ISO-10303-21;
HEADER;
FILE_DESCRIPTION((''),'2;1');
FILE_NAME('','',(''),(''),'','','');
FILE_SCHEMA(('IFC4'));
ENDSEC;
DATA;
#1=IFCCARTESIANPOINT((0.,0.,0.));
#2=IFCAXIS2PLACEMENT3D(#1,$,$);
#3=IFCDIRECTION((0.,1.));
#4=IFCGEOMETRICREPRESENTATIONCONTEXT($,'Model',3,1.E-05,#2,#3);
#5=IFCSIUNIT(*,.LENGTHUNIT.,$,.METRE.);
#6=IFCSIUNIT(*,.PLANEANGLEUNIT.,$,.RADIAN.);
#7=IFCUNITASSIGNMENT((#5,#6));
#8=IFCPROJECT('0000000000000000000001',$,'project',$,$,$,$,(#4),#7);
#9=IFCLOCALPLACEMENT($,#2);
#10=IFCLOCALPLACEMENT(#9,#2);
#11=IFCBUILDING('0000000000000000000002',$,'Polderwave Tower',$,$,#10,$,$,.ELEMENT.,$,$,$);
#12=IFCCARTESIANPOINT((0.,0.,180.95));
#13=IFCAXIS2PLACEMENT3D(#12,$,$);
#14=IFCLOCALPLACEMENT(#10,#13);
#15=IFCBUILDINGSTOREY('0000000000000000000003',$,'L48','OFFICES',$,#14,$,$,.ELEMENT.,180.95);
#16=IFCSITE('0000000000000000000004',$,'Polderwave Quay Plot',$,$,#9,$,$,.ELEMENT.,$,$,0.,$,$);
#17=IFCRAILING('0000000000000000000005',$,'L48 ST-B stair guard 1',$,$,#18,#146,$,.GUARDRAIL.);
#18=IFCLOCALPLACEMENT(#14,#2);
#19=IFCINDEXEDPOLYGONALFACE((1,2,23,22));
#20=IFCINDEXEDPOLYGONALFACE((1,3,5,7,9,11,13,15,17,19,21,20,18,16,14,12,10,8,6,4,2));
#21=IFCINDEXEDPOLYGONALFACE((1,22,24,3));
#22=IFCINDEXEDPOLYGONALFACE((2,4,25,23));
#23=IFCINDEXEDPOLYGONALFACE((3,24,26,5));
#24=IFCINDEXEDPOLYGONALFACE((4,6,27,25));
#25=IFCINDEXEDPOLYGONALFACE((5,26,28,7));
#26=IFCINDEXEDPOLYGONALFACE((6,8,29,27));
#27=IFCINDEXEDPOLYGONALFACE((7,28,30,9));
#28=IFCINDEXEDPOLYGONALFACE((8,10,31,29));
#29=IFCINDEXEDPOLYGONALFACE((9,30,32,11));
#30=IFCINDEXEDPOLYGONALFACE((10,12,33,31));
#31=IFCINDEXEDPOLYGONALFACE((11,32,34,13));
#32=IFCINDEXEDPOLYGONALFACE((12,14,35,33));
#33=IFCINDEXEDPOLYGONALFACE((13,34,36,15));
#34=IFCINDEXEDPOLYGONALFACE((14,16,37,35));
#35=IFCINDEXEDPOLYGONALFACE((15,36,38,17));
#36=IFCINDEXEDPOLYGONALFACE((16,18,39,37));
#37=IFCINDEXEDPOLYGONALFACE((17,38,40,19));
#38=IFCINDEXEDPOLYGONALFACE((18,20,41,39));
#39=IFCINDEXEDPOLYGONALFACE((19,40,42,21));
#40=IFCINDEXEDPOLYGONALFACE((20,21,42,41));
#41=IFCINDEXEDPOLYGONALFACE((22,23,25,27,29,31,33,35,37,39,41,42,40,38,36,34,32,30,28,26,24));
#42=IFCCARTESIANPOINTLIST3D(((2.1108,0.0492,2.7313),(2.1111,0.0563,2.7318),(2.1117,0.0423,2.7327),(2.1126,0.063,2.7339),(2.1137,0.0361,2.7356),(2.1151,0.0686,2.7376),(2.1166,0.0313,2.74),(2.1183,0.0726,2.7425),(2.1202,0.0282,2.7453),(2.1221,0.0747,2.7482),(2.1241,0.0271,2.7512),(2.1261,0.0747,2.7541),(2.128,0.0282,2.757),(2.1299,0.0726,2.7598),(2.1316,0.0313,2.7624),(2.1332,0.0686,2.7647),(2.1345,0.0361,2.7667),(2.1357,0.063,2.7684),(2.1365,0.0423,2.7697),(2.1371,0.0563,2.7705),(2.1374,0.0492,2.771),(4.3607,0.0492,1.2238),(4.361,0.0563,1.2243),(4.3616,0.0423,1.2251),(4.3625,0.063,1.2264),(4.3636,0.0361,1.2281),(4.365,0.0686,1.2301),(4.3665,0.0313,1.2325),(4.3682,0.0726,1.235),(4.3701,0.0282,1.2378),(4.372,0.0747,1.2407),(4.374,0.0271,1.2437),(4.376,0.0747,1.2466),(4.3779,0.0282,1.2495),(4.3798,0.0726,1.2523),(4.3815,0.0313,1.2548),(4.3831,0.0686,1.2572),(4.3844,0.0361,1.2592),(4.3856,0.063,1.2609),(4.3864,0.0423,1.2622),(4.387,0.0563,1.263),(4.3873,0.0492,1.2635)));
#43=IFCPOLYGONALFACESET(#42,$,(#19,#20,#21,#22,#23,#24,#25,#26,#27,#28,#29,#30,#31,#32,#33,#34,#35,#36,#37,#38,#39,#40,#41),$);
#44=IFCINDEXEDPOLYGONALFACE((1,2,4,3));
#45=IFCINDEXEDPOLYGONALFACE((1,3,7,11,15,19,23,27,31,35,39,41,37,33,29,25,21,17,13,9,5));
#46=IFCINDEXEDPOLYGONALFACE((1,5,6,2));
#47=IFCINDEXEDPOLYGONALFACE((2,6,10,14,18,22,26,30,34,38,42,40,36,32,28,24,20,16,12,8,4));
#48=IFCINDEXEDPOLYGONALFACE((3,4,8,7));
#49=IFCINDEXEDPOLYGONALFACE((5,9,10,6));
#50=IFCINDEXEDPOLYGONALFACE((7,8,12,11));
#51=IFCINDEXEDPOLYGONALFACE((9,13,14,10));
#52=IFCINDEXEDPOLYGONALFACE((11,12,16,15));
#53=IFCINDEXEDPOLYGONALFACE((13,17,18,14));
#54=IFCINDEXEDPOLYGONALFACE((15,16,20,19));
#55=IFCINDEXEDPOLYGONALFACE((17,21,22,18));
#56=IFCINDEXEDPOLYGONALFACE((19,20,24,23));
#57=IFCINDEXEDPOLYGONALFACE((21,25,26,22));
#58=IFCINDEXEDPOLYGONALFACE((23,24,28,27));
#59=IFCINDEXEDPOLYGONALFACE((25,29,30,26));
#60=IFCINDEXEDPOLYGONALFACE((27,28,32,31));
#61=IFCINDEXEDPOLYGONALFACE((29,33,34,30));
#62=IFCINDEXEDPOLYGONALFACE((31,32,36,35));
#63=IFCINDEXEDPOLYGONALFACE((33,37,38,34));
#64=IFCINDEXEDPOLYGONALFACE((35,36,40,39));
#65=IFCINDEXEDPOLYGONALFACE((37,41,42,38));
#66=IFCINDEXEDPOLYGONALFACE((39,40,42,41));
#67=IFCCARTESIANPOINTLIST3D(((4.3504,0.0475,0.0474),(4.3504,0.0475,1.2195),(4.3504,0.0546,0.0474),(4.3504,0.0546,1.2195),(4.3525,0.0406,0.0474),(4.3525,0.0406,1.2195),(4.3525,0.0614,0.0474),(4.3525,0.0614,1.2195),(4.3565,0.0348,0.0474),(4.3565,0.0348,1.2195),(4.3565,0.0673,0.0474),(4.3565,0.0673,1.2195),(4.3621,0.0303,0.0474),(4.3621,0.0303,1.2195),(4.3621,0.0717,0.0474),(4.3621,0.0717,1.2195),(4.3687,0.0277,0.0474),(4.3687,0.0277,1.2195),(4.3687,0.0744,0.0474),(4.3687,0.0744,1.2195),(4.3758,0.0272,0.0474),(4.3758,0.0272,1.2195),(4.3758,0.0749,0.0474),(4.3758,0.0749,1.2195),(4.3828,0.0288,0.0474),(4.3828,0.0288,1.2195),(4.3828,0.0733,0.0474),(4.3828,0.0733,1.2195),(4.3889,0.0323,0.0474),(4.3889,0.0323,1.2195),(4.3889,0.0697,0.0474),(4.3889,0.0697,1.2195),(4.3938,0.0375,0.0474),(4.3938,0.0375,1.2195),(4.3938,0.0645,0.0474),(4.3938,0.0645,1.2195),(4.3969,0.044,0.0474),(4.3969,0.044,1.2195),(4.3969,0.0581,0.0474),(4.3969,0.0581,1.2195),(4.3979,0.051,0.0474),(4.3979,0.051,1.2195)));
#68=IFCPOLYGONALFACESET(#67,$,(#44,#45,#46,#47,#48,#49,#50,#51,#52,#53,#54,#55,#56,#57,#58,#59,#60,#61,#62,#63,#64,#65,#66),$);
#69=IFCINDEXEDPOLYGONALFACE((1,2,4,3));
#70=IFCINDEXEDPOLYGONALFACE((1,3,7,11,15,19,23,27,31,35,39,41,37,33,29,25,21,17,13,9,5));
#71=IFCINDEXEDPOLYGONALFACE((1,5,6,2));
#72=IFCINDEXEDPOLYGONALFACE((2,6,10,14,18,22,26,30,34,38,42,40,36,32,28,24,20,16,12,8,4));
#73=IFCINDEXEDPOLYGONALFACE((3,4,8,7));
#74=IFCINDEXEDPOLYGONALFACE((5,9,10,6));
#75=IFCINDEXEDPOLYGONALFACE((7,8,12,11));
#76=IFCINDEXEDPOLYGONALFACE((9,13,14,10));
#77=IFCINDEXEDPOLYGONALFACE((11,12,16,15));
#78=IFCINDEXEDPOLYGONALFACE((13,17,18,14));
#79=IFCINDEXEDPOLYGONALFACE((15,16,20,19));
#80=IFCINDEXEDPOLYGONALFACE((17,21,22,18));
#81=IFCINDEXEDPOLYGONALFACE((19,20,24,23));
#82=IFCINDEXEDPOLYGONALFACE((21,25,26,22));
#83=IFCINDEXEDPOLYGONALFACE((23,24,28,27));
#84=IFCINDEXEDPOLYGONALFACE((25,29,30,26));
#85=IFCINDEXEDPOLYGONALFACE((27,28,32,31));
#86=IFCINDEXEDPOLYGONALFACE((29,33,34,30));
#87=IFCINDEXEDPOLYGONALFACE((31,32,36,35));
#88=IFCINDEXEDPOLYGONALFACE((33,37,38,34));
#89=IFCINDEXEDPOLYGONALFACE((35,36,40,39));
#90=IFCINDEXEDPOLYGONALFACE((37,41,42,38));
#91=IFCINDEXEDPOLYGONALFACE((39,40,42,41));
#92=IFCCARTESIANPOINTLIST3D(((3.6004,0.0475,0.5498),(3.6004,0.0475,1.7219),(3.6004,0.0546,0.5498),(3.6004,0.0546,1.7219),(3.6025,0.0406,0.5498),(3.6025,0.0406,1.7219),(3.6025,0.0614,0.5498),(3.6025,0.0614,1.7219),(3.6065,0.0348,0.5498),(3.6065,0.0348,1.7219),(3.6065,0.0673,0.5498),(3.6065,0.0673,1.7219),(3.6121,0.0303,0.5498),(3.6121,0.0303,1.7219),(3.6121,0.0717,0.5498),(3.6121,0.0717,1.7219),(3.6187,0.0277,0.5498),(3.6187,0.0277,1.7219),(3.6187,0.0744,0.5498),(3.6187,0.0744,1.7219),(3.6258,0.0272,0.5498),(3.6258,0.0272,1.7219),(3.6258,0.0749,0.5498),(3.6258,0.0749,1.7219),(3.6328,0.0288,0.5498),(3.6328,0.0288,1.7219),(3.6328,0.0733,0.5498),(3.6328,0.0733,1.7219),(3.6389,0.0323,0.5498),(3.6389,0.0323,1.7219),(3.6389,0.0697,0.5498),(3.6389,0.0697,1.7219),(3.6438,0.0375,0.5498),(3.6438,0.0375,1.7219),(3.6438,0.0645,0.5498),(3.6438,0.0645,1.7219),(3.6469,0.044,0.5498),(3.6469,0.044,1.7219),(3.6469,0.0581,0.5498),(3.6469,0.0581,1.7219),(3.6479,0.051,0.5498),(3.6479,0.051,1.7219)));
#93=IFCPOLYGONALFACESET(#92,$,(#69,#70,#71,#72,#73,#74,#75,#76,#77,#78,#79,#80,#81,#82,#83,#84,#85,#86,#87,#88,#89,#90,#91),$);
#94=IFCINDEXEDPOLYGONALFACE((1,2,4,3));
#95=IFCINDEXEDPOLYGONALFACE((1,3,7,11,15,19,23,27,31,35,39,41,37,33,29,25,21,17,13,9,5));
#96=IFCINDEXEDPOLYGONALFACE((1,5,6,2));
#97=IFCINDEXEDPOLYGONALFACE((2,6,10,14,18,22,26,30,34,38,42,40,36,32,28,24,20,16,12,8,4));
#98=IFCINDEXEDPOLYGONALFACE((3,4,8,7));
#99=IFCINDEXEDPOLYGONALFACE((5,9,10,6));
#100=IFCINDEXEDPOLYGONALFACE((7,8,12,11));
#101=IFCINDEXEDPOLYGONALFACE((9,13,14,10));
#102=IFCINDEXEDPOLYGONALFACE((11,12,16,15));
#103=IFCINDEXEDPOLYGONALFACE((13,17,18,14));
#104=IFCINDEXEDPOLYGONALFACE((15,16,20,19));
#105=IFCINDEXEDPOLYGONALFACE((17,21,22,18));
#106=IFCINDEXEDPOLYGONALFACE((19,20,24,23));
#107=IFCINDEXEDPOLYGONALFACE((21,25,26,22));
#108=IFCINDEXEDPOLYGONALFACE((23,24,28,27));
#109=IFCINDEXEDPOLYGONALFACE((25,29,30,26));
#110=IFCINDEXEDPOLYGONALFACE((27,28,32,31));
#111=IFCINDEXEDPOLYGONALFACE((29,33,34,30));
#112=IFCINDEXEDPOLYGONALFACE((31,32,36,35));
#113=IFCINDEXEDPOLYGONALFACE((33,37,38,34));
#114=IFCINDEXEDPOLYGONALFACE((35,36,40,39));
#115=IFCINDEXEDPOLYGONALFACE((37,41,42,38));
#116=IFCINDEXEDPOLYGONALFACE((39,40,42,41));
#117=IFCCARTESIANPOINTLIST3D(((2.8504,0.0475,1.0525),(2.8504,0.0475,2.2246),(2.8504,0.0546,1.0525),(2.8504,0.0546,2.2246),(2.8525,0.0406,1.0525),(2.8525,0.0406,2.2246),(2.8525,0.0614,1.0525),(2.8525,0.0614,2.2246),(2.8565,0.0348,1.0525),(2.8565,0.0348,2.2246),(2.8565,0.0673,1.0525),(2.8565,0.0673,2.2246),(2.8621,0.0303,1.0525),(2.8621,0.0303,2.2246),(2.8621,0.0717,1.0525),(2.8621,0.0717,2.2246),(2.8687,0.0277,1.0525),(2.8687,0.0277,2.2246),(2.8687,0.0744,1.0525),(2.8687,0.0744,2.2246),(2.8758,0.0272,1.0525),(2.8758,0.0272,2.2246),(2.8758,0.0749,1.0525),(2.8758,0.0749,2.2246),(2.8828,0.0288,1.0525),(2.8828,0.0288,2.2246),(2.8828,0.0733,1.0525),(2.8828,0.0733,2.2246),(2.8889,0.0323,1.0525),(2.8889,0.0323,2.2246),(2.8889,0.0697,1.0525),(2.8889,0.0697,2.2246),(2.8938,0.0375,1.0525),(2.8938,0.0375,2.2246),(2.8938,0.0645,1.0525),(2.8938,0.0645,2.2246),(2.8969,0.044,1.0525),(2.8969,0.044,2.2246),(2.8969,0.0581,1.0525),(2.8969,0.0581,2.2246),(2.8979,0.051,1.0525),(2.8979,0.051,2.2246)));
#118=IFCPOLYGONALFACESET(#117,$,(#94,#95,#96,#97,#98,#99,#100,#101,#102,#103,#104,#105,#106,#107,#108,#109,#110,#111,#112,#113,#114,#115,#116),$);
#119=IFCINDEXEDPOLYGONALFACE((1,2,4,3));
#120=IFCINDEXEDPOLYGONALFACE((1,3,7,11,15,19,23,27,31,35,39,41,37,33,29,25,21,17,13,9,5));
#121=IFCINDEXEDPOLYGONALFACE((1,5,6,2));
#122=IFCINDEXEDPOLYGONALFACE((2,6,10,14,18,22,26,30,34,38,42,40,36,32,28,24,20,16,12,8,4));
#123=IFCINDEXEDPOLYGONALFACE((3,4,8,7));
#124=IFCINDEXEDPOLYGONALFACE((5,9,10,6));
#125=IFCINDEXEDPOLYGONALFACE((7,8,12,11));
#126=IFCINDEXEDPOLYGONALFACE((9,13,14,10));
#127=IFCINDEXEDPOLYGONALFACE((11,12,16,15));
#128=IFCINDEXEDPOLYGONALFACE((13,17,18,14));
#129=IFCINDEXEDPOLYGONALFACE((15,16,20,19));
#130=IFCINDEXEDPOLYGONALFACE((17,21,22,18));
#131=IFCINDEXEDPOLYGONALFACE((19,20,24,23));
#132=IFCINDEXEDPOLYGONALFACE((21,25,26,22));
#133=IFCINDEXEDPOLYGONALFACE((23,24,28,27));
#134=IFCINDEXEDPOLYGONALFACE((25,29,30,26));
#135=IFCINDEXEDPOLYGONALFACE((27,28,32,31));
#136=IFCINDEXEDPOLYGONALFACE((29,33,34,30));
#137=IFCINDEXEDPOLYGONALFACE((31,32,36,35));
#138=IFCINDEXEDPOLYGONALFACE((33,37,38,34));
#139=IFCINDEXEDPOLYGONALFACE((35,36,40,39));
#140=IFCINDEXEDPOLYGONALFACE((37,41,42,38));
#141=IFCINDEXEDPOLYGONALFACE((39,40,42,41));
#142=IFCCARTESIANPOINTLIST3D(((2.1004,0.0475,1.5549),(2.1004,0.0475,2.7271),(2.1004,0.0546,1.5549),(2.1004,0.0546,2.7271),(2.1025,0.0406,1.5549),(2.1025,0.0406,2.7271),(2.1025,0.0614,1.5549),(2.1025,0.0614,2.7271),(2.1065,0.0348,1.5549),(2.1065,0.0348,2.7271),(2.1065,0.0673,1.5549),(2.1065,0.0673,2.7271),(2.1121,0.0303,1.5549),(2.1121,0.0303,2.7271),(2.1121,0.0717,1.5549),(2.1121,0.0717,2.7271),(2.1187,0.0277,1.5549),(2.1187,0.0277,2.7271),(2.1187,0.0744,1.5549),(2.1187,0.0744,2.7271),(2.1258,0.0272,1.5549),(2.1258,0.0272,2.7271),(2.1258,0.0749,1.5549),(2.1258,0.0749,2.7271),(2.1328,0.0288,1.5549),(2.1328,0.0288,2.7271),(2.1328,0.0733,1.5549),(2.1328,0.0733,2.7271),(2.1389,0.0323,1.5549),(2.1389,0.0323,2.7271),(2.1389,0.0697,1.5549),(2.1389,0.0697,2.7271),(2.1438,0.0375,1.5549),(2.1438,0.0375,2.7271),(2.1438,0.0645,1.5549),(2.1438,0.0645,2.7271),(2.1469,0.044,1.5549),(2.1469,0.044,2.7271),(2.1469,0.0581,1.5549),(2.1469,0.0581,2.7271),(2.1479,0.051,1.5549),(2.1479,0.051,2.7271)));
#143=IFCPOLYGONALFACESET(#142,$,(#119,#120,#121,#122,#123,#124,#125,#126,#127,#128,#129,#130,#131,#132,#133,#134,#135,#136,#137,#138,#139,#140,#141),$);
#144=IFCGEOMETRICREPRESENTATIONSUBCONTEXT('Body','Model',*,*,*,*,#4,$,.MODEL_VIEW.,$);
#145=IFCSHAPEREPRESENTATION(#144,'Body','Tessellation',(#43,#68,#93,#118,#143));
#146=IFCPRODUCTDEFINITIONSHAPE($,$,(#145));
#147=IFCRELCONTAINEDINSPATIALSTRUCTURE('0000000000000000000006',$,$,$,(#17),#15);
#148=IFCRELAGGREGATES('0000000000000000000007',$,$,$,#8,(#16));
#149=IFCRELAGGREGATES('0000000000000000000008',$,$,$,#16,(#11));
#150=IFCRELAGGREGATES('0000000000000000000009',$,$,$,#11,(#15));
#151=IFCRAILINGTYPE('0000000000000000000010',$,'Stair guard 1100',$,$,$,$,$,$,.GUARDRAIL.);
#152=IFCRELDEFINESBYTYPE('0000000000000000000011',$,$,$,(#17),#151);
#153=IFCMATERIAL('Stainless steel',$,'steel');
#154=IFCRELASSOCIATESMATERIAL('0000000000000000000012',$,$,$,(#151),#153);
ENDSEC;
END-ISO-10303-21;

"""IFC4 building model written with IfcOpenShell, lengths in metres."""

from ifc_helpers import new_model, si_unit, direction, frame, origin, origin_2d, place, context, subcontext, project, spatial, circle, extrude, material, type_object, element, save


model = new_model("IFC4")

# Units and contexts
model_context = context("Model", 3, precision=1e-05, world=origin(), true_north=direction((0.0, 1.0)))
body_context = subcontext(model_context, "Body", "Model", "MODEL_VIEW")
ifc_project = project(units=[si_unit("LENGTHUNIT", "METRE"), si_unit("PLANEANGLEUNIT", "RADIAN")], contexts=[model_context])

# Site, building, storey
site_placement = place(None, origin())
site = spatial("IfcSite", under=ifc_project, at=site_placement, Name="Polderwave Quay Plot", CompositionType="ELEMENT", RefElevation=0.0)
building_placement = place(site_placement, origin())
building = spatial("IfcBuilding", under=site, at=building_placement, Name="Polderwave Tower", CompositionType="ELEMENT")
storey_placement = place(building_placement, frame((0.0, 0.0, 180.95)))
storey = spatial("IfcBuildingStorey", under=building, at=storey_placement, Name="L48", Description="OFFICES", CompositionType="ELEMENT", Elevation=180.95)

# Railing
ifc_material_1 = material(Name="Stainless steel", Category="steel")
railing_type_1 = type_object("IfcRailingType", Name="Stair guard 1100", PredefinedType="GUARDRAIL", material=ifc_material_1)
railing_1_placement = place(storey_placement, frame((4.374, 0.051, 0.0474)))
element("IfcRailing", 1, at=railing_1_placement, inside=storey, type_object=railing_type_1, Name="L48 ST-B stair guard 1", PredefinedType="GUARDRAIL", context=body_context, shape_type="SweptSolid", body=[
    extrude(circle(Radius=0.0239, at=origin_2d()), frame((0.0, 0.0, 1.1963), z_axis=(-0.830758, 0.0, 0.556633), x_axis=(0.0, -1.0, 0.0)), (0.0, 0.0, 1.0), 2.7083),
    extrude(circle(Radius=0.0239, at=origin_2d()), origin(), (0.0, 0.0, 1.0), 1.1721),
    extrude(circle(Radius=0.0239, at=origin_2d()), frame((-0.75, 0.0, 0.5024)), (0.0, 0.0, 1.0), 1.1721),
    extrude(circle(Radius=0.0239, at=origin_2d()), frame((-1.5, 0.0, 1.0051)), (0.0, 0.0, 1.0), 1.1721),
    extrude(circle(Radius=0.0239, at=origin_2d()), frame((-2.25, 0.0, 1.5076)), (0.0, 0.0, 1.0), 1.1721),
])

save(model, "model.ifc")
